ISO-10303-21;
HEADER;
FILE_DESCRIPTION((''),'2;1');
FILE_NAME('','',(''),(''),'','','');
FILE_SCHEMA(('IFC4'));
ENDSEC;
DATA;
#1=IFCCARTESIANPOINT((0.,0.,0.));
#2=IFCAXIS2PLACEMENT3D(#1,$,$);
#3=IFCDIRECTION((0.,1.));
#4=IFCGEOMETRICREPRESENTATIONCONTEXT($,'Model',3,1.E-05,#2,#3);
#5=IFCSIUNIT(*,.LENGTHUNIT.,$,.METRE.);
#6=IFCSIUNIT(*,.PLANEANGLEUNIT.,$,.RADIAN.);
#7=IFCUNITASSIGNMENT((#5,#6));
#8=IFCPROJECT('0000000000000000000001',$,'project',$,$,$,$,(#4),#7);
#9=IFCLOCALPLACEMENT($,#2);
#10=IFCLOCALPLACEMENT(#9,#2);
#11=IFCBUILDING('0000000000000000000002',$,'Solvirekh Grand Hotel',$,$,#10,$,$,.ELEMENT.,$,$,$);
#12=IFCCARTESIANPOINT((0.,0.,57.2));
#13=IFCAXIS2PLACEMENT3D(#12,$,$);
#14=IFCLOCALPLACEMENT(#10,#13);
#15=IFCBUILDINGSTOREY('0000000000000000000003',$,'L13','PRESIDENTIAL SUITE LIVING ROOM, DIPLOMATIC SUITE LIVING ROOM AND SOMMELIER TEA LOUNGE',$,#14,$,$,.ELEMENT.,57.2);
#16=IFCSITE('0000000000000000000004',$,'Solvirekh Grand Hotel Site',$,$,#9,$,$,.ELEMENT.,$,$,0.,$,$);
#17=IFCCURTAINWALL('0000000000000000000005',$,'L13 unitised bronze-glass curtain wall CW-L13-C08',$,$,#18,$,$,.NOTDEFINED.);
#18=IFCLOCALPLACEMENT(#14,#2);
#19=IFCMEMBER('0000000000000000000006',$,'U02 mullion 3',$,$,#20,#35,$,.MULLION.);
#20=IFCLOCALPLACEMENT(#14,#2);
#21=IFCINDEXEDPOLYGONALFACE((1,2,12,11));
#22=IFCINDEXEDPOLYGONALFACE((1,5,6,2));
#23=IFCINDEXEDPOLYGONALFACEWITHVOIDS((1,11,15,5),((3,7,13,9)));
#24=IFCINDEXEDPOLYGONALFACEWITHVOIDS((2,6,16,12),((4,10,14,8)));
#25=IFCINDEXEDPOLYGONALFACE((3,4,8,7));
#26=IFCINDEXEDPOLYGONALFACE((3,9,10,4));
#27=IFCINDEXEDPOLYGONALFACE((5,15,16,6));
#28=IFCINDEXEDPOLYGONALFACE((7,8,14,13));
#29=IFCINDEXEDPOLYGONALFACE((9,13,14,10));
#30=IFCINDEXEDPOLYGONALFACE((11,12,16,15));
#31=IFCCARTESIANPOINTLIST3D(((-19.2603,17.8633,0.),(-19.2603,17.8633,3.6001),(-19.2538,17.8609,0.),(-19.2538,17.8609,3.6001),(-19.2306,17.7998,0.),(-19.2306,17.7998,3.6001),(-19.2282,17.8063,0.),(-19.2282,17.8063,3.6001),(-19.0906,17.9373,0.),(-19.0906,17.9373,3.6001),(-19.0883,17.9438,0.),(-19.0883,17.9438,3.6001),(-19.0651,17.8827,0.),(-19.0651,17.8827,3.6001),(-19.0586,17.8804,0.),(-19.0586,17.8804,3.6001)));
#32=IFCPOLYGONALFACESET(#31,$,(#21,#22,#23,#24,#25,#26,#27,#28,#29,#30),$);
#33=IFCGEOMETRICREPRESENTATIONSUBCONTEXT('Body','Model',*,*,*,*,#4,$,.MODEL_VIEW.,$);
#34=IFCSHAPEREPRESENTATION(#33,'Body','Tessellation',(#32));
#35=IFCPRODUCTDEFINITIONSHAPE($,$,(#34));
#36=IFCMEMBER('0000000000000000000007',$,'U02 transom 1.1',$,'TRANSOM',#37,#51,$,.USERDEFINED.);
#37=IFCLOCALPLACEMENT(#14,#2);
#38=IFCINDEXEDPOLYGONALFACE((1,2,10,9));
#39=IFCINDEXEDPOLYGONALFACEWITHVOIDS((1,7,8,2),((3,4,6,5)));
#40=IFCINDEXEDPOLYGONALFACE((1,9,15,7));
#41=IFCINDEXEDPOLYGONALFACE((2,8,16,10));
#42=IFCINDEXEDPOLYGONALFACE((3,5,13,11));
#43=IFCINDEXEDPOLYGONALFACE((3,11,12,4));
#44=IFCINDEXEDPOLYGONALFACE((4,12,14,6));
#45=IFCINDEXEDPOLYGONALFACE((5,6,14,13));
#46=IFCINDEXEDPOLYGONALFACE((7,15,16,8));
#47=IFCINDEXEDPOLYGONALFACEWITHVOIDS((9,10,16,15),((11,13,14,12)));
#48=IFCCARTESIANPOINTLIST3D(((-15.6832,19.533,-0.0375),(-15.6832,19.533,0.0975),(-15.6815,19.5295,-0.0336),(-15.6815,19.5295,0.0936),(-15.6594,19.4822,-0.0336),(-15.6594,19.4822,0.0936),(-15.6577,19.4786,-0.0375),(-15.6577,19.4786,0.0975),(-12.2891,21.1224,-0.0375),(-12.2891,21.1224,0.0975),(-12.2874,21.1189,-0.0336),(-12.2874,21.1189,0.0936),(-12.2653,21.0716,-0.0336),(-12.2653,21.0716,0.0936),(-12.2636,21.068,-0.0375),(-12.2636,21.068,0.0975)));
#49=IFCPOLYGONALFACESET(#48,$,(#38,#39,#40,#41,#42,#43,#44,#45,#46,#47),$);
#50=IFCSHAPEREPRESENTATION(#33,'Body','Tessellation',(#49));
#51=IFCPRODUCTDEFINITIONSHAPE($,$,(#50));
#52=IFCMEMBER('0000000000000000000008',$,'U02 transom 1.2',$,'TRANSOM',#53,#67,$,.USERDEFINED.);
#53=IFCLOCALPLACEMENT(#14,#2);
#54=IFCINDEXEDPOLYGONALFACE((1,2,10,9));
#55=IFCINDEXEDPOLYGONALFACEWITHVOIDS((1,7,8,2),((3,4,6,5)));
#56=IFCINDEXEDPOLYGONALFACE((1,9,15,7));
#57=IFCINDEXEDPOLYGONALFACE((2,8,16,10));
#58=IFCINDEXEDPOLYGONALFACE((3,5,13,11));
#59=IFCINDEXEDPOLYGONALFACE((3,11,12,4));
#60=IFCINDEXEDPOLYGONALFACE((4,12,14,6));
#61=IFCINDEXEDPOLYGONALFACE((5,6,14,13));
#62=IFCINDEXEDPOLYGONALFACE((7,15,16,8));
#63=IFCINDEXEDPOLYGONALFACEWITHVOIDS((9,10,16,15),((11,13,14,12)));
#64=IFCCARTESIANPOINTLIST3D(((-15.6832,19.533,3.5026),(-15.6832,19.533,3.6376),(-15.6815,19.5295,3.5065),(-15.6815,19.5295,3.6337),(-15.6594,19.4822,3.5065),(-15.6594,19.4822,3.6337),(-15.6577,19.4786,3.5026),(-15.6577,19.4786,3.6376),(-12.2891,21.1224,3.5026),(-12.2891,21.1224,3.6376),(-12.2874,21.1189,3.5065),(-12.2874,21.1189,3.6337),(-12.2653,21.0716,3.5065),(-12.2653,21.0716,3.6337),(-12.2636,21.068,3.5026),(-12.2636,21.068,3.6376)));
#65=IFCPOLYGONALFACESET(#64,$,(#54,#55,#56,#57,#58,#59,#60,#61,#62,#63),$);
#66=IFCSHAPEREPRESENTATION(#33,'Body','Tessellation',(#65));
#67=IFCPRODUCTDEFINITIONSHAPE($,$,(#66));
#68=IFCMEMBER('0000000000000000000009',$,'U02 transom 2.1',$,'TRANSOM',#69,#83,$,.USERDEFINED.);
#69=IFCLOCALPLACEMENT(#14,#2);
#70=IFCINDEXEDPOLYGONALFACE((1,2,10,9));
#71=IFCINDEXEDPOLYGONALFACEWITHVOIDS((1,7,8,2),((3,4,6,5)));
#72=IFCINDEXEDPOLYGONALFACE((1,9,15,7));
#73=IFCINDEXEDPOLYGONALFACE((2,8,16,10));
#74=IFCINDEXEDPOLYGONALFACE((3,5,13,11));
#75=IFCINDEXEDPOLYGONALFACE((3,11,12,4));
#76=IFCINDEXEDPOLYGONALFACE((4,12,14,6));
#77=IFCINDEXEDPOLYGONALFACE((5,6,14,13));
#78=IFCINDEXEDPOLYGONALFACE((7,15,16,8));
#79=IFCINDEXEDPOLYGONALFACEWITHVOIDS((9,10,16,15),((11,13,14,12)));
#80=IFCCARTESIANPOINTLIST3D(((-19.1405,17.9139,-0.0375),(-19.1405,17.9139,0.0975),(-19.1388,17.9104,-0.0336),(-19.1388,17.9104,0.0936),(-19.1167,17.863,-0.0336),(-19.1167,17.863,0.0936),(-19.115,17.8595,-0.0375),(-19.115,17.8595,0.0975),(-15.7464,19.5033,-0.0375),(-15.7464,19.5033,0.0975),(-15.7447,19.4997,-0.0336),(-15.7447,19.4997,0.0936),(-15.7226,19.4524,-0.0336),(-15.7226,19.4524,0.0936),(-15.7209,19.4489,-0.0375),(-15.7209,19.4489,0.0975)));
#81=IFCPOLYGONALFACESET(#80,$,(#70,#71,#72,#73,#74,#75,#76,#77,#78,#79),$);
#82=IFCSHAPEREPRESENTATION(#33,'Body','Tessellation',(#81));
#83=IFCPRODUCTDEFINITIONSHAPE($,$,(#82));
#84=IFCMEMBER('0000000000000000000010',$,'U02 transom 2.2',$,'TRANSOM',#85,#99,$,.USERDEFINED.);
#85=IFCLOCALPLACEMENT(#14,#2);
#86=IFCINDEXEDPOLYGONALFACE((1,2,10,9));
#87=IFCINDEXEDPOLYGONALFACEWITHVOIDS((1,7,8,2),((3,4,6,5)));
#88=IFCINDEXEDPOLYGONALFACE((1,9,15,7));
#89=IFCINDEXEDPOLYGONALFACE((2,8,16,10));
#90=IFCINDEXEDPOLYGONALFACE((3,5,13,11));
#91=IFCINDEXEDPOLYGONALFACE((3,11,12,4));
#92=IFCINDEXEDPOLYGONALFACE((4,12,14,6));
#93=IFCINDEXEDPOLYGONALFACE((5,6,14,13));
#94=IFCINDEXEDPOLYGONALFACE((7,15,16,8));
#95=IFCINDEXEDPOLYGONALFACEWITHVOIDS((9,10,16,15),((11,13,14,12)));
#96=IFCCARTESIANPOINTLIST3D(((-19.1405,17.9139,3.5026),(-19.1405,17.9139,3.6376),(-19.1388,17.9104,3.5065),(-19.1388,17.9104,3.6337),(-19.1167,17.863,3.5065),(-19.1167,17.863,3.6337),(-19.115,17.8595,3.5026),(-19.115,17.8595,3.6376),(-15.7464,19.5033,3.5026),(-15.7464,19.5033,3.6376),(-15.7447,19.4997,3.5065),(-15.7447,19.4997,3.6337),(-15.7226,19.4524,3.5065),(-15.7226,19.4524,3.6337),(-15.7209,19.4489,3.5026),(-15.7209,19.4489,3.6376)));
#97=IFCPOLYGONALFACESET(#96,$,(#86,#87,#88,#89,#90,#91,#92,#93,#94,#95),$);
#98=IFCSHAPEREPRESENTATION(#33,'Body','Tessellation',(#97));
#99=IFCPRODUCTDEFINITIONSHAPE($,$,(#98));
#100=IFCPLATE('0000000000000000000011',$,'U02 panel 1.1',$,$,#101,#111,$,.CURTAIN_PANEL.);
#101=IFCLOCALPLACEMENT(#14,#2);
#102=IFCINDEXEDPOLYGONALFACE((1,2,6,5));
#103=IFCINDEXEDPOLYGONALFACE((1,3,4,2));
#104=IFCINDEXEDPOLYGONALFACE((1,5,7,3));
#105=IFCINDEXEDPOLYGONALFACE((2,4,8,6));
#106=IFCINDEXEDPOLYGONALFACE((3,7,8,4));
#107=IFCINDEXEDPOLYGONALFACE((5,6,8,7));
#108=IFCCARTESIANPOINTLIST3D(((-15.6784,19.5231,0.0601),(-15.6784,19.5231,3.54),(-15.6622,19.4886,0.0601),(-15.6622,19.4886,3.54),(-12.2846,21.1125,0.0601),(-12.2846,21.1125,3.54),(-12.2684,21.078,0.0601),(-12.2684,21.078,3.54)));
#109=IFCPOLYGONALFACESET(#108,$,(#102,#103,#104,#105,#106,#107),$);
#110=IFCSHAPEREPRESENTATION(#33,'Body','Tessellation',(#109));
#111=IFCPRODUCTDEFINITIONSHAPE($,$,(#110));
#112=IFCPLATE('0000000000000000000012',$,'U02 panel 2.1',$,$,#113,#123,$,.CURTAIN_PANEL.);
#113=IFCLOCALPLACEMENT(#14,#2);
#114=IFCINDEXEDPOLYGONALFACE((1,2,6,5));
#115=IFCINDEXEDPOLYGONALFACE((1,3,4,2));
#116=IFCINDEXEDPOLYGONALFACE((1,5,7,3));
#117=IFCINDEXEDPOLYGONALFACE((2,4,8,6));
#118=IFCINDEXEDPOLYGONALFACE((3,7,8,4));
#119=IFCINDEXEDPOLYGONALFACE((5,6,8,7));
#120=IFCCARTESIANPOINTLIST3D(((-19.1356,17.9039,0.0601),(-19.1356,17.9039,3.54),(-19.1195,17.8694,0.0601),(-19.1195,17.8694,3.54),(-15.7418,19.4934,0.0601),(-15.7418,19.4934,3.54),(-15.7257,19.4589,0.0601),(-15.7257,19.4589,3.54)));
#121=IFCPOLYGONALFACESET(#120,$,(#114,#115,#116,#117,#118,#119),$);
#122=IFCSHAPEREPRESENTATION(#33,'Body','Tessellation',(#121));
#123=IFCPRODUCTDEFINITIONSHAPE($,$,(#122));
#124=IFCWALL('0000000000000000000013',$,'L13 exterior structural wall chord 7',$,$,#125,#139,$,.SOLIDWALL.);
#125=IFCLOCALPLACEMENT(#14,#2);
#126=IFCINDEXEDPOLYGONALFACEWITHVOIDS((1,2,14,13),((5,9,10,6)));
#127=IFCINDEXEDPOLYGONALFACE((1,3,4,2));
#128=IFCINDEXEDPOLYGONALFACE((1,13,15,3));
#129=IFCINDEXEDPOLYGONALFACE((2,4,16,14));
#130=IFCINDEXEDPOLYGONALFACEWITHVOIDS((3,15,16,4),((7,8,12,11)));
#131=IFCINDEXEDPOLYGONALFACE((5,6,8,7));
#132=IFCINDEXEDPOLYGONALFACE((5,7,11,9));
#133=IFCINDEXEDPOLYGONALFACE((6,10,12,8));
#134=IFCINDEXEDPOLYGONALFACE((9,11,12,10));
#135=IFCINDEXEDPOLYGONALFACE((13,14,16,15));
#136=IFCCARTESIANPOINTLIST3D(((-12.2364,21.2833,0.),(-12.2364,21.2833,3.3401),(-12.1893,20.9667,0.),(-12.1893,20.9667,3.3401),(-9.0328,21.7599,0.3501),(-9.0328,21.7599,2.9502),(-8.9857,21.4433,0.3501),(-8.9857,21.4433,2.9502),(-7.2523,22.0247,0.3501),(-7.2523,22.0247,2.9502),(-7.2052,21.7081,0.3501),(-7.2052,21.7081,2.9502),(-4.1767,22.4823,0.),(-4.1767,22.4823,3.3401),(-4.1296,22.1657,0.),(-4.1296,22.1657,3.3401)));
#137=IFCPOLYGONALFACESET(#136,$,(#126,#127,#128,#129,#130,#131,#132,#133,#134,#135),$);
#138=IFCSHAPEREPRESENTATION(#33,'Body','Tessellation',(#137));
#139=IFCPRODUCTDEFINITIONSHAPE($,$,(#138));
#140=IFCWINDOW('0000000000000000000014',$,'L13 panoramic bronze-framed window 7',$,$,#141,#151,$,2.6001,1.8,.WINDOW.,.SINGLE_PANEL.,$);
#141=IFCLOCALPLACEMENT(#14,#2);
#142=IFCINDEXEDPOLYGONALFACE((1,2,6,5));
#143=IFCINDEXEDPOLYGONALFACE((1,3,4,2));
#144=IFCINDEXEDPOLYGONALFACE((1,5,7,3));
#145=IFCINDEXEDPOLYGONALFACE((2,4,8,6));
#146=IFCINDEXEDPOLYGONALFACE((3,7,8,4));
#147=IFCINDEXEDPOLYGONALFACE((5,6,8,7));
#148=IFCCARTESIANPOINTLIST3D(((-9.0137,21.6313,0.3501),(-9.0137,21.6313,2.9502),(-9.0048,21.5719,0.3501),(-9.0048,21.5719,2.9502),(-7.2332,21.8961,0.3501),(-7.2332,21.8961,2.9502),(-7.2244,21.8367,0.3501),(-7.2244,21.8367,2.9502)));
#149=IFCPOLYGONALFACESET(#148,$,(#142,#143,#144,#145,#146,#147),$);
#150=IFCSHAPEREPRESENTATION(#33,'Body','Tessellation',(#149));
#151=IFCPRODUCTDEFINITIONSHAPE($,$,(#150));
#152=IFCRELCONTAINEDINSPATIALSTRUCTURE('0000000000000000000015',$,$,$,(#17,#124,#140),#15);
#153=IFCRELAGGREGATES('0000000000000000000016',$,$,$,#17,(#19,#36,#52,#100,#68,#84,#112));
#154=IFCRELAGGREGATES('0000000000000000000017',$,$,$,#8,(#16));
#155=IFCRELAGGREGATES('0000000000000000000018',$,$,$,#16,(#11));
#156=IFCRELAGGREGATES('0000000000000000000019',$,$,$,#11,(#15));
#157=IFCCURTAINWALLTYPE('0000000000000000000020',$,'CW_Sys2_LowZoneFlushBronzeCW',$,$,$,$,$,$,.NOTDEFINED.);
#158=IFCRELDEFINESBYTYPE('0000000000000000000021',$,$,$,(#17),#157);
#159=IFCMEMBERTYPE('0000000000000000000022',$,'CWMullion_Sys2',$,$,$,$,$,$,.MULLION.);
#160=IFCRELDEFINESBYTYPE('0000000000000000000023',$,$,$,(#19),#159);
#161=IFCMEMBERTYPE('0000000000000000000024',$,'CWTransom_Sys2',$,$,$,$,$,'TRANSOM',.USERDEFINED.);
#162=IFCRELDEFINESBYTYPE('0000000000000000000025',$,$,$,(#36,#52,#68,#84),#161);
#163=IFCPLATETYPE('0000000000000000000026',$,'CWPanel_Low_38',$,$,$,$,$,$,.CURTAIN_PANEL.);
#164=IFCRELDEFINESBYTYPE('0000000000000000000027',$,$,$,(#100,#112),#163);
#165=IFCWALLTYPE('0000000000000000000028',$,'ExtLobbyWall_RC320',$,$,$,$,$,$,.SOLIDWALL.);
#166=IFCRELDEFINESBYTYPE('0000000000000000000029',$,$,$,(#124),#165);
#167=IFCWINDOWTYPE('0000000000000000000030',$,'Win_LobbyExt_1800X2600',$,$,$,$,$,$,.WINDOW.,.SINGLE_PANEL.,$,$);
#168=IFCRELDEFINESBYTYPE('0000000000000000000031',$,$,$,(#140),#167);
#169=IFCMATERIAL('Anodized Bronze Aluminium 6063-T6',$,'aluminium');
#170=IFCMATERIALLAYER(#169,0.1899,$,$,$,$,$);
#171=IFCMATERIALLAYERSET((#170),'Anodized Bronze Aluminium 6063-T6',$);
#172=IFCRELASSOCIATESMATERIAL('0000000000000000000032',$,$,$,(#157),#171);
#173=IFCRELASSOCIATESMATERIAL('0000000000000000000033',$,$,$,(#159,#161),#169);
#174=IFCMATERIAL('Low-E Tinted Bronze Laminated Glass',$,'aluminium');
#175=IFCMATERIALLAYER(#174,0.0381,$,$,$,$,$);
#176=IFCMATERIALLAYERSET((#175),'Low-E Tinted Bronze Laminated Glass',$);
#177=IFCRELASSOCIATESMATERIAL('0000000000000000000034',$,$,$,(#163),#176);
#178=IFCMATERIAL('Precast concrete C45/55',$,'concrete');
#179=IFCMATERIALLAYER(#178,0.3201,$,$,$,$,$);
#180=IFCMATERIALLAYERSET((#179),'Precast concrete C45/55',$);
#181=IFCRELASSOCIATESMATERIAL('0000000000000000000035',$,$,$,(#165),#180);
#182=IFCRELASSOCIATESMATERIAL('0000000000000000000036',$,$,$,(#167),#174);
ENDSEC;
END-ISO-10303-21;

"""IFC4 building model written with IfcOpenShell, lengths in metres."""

from ifc_helpers import new_model, si_unit, direction, frame, frame_2d, origin, origin_2d, place, context, subcontext, project, spatial, rectangle, hollow_rectangle, extrude, source, transform, mapped, material, layer, layer_set, material_profile, profile_set, type_object, element, fill, aggregate, save


model = new_model("IFC4")

# Units and contexts
model_context = context("Model", 3, precision=1e-05, world=origin(), true_north=direction((0.0, 1.0)))
body_context = subcontext(model_context, "Body", "Model", "MODEL_VIEW")
ifc_project = project(units=[si_unit("LENGTHUNIT", "METRE"), si_unit("PLANEANGLEUNIT", "RADIAN")], contexts=[model_context])

# Site, building, storey
site_placement = place(None, origin())
site = spatial("IfcSite", under=ifc_project, at=site_placement, Name="Solvirekh Grand Hotel Site", CompositionType="ELEMENT", RefElevation=0.0)
building_placement = place(site_placement, origin())
building = spatial("IfcBuilding", under=site, at=building_placement, Name="Solvirekh Grand Hotel", CompositionType="ELEMENT")
storey_placement = place(building_placement, frame((0.0, 0.0, 57.2)))
storey = spatial("IfcBuildingStorey", under=building, at=storey_placement, Name="L13", Description="PRESIDENTIAL SUITE LIVING ROOM, DIPLOMATIC SUITE LIVING ROOM AND SOMMELIER TEA LOUNGE", CompositionType="ELEMENT", Elevation=57.2)

# Curtain wall, members, plates
ifc_material_1 = material(Name="Anodized Bronze Aluminium 6063-T6", Category="aluminium")
ifc_layer_1 = layer(ifc_material_1, 0.1899)
ifc_layer_set_1 = layer_set([ifc_layer_1], Name="Anodized Bronze Aluminium 6063-T6")
curtain_wall_type = type_object("IfcCurtainWallType", Name="CW_Sys2_LowZoneFlushBronzeCW", PredefinedType="NOTDEFINED", material=ifc_layer_set_1)
curtain_wall_placement = place(storey_placement, origin())
curtain_wall = element("IfcCurtainWall", 1, at=curtain_wall_placement, inside=storey, type_object=curtain_wall_type, Name="L13 unitised bronze-glass curtain wall CW-L13-C08", PredefinedType="NOTDEFINED")
ifc_material_profile_1 = material_profile(ifc_material_1, hollow_rectangle(XDim=0.0701, YDim=0.1899, WallThickness=0.0049, at=origin_2d()), Name="ALU RHS 190X70X5")
ifc_profile_set_1 = profile_set([ifc_material_profile_1], Name="Anodized Bronze Aluminium 6063-T6")
member_type_1 = type_object("IfcMemberType", Name="CWMullion_Sys2", PredefinedType="MULLION", material=ifc_profile_set_1)
shared_shape_1 = source(origin(), body_context, "Body", "SweptSolid", [
    extrude(hollow_rectangle(XDim=0.0701, YDim=0.1899, WallThickness=0.0049, at=origin_2d()), origin(), (0.0, 0.0, 1.0), 3.6001),
])
member_1_placement = place(storey_placement, frame((-19.1594, 17.8718, 0.0), z_axis=(0.0, 0.0, 1.0), x_axis=(0.424121, -0.905605, 0.0)))
member_1 = element("IfcMember", 2, at=member_1_placement, type_object=member_type_1, Name="U02 mullion 3", PredefinedType="MULLION", context=body_context, shape_type="MappedRepresentation", body=[
    mapped(shared_shape_1, transform((0.0, 0.0, 0.0), x_axis=(1.0, 0.0, 0.0), y_axis=(0.0, 1.0, 0.0), z_axis=(0.0, 0.0, 1.0), scale=1.0)),
])
ifc_material_profile_2 = material_profile(ifc_material_1, hollow_rectangle(XDim=0.0601, YDim=0.135, WallThickness=0.0039, at=origin_2d()), Name="ALU RHS 135X60X4")
ifc_profile_set_2 = profile_set([ifc_material_profile_2], Name="Anodized Bronze Aluminium 6063-T6")
member_type_2 = type_object("IfcMemberType", Name="CWTransom_Sys2", ElementType="TRANSOM", PredefinedType="USERDEFINED", material=ifc_profile_set_2)
shared_shape_2 = source(origin(), body_context, "Body", "SweptSolid", [
    extrude(hollow_rectangle(XDim=0.0601, YDim=0.135, WallThickness=0.0039, at=origin_2d()), origin(), (0.0, 0.0, 1.0), 3.7478),
])
member_2_placement = place(storey_placement, frame((-12.2764, 21.0952, 0.03), z_axis=(-0.905623, -0.424083, 0.0), x_axis=(0.424083, -0.905623, 0.0)))
member_2 = element("IfcMember", 3, at=member_2_placement, type_object=member_type_2, Name="U02 transom 1.1", ObjectType="TRANSOM", PredefinedType="USERDEFINED", context=body_context, shape_type="MappedRepresentation", body=[
    mapped(shared_shape_2, transform((0.0, 0.0, 0.0), x_axis=(1.0, 0.0, 0.0), y_axis=(0.0, 1.0, 0.0), z_axis=(0.0, 0.0, 1.0), scale=1.0)),
])
member_3_placement = place(storey_placement, frame((-12.2764, 21.0952, 3.5701), z_axis=(-0.905623, -0.424083, 0.0), x_axis=(0.424083, -0.905623, 0.0)))
member_3 = element("IfcMember", 4, at=member_3_placement, type_object=member_type_2, Name="U02 transom 1.2", ObjectType="TRANSOM", PredefinedType="USERDEFINED", context=body_context, shape_type="MappedRepresentation", body=[
    mapped(shared_shape_2, transform((0.0, 0.0, 0.0), x_axis=(1.0, 0.0, 0.0), y_axis=(0.0, 1.0, 0.0), z_axis=(0.0, 0.0, 1.0), scale=1.0)),
])
member_4_placement = place(storey_placement, frame((-15.7336, 19.4761, 0.03), z_axis=(-0.905623, -0.424083, 0.0), x_axis=(0.424083, -0.905623, 0.0)))
member_4 = element("IfcMember", 5, at=member_4_placement, type_object=member_type_2, Name="U02 transom 2.1", ObjectType="TRANSOM", PredefinedType="USERDEFINED", context=body_context, shape_type="MappedRepresentation", body=[
    mapped(shared_shape_2, transform((0.0, 0.0, 0.0), x_axis=(1.0, 0.0, 0.0), y_axis=(0.0, 1.0, 0.0), z_axis=(0.0, 0.0, 1.0), scale=1.0)),
])
member_5_placement = place(storey_placement, frame((-15.7336, 19.4761, 3.5701), z_axis=(-0.905623, -0.424083, 0.0), x_axis=(0.424083, -0.905623, 0.0)))
member_5 = element("IfcMember", 6, at=member_5_placement, type_object=member_type_2, Name="U02 transom 2.2", ObjectType="TRANSOM", PredefinedType="USERDEFINED", context=body_context, shape_type="MappedRepresentation", body=[
    mapped(shared_shape_2, transform((0.0, 0.0, 0.0), x_axis=(1.0, 0.0, 0.0), y_axis=(0.0, 1.0, 0.0), z_axis=(0.0, 0.0, 1.0), scale=1.0)),
])
ifc_material_2 = material(Name="Low-E Tinted Bronze Laminated Glass", Category="aluminium")
ifc_layer_2 = layer(ifc_material_2, 0.0381)
ifc_layer_set_2 = layer_set([ifc_layer_2], Name="Low-E Tinted Bronze Laminated Glass")
plate_type = type_object("IfcPlateType", Name="CWPanel_Low_38", PredefinedType="CURTAIN_PANEL", material=ifc_layer_set_2)
shared_shape_3 = source(origin(), body_context, "Body", "SweptSolid", [
    extrude(rectangle(XDim=3.7476, YDim=0.0381, at=origin_2d()), origin(), (0.0, 0.0, 1.0), 3.48),
])
plate_1_placement = place(storey_placement, frame((-13.9734, 20.3005, 0.0601), z_axis=(0.0, 0.0, 1.0), x_axis=(-0.905605, -0.424121, 0.0)))
plate_1 = element("IfcPlate", 7, at=plate_1_placement, type_object=plate_type, Name="U02 panel 1.1", PredefinedType="CURTAIN_PANEL", context=body_context, shape_type="MappedRepresentation", body=[
    mapped(shared_shape_3, transform((0.0, 0.0, 0.0), x_axis=(1.0, 0.0, 0.0), y_axis=(0.0, 1.0, 0.0), z_axis=(0.0, 0.0, 1.0), scale=1.0)),
])
plate_2_placement = place(storey_placement, frame((-17.4307, 18.6814, 0.0601), z_axis=(0.0, 0.0, 1.0), x_axis=(-0.905605, -0.424121, 0.0)))
plate_2 = element("IfcPlate", 8, at=plate_2_placement, type_object=plate_type, Name="U02 panel 2.1", PredefinedType="CURTAIN_PANEL", context=body_context, shape_type="MappedRepresentation", body=[
    mapped(shared_shape_3, transform((0.0, 0.0, 0.0), x_axis=(1.0, 0.0, 0.0), y_axis=(0.0, 1.0, 0.0), z_axis=(0.0, 0.0, 1.0), scale=1.0)),
])
aggregate(curtain_wall, [member_1, member_2, member_3, plate_1, member_4, member_5, plate_2])

# Wall, opening, window
ifc_material_3 = material(Name="Precast concrete C45/55", Category="concrete")
ifc_layer_3 = layer(ifc_material_3, 0.3201)
ifc_layer_set_3 = layer_set([ifc_layer_3], Name="Precast concrete C45/55")
wall_type_1 = type_object("IfcWallType", Name="ExtLobbyWall_RC320", PredefinedType="SOLIDWALL", material=ifc_layer_set_3)
wall_1_placement = place(storey_placement, frame((-12.2129, 21.125, 0.0), z_axis=(0.0, 0.0, 1.0), x_axis=(0.989116, 0.14714, 0.0)))
wall_1 = element("IfcWall", 9, at=wall_1_placement, inside=storey, type_object=wall_type_1, Name="L13 exterior structural wall chord 7", PredefinedType="SOLIDWALL", context=body_context, shape_type="SweptSolid", body=[
    extrude(rectangle(XDim=8.1484, YDim=0.3201, at=frame_2d((4.0742, 0.0))), origin(), (0.0, 0.0, 1.0), 3.3401),
])
opening_1_placement = place(wall_1_placement, frame((3.239, 0.0, 0.3501)))
opening_1 = element("IfcOpeningElement", 10, at=opening_1_placement, cuts=wall_1, PredefinedType="OPENING", context=body_context, shape_type="SweptSolid", body=[
    extrude(rectangle(XDim=1.8, YDim=2.6001, at=frame_2d((0.8999, 1.3))), frame((0.0, 0.1699, 0.0), z_axis=(0.0, -1.0, 0.0), x_axis=(1.0, 0.0, 0.0)), (0.0, 0.0, 1.0), 0.3401),
])
window_type = type_object("IfcWindowType", Name="Win_LobbyExt_1800X2600", PartitioningType="SINGLE_PANEL", PredefinedType="WINDOW", material=ifc_material_2)
window_1_placement = place(opening_1_placement, origin())
window_1 = element("IfcWindow", 11, at=window_1_placement, inside=storey, type_object=window_type, Name="L13 panoramic bronze-framed window 7", OverallHeight=2.6001, OverallWidth=1.8, PartitioningType="SINGLE_PANEL", PredefinedType="WINDOW", context=body_context, shape_type="SweptSolid", body=[
    extrude(rectangle(XDim=1.8, YDim=2.6001, at=frame_2d((0.8999, 1.3))), frame((0.0, 0.03, 0.0), z_axis=(0.0, -1.0, 0.0), x_axis=(1.0, 0.0, 0.0)), (0.0, 0.0, 1.0), 0.0601),
])
fill(opening_1, window_1)

save(model, "model.ifc")
